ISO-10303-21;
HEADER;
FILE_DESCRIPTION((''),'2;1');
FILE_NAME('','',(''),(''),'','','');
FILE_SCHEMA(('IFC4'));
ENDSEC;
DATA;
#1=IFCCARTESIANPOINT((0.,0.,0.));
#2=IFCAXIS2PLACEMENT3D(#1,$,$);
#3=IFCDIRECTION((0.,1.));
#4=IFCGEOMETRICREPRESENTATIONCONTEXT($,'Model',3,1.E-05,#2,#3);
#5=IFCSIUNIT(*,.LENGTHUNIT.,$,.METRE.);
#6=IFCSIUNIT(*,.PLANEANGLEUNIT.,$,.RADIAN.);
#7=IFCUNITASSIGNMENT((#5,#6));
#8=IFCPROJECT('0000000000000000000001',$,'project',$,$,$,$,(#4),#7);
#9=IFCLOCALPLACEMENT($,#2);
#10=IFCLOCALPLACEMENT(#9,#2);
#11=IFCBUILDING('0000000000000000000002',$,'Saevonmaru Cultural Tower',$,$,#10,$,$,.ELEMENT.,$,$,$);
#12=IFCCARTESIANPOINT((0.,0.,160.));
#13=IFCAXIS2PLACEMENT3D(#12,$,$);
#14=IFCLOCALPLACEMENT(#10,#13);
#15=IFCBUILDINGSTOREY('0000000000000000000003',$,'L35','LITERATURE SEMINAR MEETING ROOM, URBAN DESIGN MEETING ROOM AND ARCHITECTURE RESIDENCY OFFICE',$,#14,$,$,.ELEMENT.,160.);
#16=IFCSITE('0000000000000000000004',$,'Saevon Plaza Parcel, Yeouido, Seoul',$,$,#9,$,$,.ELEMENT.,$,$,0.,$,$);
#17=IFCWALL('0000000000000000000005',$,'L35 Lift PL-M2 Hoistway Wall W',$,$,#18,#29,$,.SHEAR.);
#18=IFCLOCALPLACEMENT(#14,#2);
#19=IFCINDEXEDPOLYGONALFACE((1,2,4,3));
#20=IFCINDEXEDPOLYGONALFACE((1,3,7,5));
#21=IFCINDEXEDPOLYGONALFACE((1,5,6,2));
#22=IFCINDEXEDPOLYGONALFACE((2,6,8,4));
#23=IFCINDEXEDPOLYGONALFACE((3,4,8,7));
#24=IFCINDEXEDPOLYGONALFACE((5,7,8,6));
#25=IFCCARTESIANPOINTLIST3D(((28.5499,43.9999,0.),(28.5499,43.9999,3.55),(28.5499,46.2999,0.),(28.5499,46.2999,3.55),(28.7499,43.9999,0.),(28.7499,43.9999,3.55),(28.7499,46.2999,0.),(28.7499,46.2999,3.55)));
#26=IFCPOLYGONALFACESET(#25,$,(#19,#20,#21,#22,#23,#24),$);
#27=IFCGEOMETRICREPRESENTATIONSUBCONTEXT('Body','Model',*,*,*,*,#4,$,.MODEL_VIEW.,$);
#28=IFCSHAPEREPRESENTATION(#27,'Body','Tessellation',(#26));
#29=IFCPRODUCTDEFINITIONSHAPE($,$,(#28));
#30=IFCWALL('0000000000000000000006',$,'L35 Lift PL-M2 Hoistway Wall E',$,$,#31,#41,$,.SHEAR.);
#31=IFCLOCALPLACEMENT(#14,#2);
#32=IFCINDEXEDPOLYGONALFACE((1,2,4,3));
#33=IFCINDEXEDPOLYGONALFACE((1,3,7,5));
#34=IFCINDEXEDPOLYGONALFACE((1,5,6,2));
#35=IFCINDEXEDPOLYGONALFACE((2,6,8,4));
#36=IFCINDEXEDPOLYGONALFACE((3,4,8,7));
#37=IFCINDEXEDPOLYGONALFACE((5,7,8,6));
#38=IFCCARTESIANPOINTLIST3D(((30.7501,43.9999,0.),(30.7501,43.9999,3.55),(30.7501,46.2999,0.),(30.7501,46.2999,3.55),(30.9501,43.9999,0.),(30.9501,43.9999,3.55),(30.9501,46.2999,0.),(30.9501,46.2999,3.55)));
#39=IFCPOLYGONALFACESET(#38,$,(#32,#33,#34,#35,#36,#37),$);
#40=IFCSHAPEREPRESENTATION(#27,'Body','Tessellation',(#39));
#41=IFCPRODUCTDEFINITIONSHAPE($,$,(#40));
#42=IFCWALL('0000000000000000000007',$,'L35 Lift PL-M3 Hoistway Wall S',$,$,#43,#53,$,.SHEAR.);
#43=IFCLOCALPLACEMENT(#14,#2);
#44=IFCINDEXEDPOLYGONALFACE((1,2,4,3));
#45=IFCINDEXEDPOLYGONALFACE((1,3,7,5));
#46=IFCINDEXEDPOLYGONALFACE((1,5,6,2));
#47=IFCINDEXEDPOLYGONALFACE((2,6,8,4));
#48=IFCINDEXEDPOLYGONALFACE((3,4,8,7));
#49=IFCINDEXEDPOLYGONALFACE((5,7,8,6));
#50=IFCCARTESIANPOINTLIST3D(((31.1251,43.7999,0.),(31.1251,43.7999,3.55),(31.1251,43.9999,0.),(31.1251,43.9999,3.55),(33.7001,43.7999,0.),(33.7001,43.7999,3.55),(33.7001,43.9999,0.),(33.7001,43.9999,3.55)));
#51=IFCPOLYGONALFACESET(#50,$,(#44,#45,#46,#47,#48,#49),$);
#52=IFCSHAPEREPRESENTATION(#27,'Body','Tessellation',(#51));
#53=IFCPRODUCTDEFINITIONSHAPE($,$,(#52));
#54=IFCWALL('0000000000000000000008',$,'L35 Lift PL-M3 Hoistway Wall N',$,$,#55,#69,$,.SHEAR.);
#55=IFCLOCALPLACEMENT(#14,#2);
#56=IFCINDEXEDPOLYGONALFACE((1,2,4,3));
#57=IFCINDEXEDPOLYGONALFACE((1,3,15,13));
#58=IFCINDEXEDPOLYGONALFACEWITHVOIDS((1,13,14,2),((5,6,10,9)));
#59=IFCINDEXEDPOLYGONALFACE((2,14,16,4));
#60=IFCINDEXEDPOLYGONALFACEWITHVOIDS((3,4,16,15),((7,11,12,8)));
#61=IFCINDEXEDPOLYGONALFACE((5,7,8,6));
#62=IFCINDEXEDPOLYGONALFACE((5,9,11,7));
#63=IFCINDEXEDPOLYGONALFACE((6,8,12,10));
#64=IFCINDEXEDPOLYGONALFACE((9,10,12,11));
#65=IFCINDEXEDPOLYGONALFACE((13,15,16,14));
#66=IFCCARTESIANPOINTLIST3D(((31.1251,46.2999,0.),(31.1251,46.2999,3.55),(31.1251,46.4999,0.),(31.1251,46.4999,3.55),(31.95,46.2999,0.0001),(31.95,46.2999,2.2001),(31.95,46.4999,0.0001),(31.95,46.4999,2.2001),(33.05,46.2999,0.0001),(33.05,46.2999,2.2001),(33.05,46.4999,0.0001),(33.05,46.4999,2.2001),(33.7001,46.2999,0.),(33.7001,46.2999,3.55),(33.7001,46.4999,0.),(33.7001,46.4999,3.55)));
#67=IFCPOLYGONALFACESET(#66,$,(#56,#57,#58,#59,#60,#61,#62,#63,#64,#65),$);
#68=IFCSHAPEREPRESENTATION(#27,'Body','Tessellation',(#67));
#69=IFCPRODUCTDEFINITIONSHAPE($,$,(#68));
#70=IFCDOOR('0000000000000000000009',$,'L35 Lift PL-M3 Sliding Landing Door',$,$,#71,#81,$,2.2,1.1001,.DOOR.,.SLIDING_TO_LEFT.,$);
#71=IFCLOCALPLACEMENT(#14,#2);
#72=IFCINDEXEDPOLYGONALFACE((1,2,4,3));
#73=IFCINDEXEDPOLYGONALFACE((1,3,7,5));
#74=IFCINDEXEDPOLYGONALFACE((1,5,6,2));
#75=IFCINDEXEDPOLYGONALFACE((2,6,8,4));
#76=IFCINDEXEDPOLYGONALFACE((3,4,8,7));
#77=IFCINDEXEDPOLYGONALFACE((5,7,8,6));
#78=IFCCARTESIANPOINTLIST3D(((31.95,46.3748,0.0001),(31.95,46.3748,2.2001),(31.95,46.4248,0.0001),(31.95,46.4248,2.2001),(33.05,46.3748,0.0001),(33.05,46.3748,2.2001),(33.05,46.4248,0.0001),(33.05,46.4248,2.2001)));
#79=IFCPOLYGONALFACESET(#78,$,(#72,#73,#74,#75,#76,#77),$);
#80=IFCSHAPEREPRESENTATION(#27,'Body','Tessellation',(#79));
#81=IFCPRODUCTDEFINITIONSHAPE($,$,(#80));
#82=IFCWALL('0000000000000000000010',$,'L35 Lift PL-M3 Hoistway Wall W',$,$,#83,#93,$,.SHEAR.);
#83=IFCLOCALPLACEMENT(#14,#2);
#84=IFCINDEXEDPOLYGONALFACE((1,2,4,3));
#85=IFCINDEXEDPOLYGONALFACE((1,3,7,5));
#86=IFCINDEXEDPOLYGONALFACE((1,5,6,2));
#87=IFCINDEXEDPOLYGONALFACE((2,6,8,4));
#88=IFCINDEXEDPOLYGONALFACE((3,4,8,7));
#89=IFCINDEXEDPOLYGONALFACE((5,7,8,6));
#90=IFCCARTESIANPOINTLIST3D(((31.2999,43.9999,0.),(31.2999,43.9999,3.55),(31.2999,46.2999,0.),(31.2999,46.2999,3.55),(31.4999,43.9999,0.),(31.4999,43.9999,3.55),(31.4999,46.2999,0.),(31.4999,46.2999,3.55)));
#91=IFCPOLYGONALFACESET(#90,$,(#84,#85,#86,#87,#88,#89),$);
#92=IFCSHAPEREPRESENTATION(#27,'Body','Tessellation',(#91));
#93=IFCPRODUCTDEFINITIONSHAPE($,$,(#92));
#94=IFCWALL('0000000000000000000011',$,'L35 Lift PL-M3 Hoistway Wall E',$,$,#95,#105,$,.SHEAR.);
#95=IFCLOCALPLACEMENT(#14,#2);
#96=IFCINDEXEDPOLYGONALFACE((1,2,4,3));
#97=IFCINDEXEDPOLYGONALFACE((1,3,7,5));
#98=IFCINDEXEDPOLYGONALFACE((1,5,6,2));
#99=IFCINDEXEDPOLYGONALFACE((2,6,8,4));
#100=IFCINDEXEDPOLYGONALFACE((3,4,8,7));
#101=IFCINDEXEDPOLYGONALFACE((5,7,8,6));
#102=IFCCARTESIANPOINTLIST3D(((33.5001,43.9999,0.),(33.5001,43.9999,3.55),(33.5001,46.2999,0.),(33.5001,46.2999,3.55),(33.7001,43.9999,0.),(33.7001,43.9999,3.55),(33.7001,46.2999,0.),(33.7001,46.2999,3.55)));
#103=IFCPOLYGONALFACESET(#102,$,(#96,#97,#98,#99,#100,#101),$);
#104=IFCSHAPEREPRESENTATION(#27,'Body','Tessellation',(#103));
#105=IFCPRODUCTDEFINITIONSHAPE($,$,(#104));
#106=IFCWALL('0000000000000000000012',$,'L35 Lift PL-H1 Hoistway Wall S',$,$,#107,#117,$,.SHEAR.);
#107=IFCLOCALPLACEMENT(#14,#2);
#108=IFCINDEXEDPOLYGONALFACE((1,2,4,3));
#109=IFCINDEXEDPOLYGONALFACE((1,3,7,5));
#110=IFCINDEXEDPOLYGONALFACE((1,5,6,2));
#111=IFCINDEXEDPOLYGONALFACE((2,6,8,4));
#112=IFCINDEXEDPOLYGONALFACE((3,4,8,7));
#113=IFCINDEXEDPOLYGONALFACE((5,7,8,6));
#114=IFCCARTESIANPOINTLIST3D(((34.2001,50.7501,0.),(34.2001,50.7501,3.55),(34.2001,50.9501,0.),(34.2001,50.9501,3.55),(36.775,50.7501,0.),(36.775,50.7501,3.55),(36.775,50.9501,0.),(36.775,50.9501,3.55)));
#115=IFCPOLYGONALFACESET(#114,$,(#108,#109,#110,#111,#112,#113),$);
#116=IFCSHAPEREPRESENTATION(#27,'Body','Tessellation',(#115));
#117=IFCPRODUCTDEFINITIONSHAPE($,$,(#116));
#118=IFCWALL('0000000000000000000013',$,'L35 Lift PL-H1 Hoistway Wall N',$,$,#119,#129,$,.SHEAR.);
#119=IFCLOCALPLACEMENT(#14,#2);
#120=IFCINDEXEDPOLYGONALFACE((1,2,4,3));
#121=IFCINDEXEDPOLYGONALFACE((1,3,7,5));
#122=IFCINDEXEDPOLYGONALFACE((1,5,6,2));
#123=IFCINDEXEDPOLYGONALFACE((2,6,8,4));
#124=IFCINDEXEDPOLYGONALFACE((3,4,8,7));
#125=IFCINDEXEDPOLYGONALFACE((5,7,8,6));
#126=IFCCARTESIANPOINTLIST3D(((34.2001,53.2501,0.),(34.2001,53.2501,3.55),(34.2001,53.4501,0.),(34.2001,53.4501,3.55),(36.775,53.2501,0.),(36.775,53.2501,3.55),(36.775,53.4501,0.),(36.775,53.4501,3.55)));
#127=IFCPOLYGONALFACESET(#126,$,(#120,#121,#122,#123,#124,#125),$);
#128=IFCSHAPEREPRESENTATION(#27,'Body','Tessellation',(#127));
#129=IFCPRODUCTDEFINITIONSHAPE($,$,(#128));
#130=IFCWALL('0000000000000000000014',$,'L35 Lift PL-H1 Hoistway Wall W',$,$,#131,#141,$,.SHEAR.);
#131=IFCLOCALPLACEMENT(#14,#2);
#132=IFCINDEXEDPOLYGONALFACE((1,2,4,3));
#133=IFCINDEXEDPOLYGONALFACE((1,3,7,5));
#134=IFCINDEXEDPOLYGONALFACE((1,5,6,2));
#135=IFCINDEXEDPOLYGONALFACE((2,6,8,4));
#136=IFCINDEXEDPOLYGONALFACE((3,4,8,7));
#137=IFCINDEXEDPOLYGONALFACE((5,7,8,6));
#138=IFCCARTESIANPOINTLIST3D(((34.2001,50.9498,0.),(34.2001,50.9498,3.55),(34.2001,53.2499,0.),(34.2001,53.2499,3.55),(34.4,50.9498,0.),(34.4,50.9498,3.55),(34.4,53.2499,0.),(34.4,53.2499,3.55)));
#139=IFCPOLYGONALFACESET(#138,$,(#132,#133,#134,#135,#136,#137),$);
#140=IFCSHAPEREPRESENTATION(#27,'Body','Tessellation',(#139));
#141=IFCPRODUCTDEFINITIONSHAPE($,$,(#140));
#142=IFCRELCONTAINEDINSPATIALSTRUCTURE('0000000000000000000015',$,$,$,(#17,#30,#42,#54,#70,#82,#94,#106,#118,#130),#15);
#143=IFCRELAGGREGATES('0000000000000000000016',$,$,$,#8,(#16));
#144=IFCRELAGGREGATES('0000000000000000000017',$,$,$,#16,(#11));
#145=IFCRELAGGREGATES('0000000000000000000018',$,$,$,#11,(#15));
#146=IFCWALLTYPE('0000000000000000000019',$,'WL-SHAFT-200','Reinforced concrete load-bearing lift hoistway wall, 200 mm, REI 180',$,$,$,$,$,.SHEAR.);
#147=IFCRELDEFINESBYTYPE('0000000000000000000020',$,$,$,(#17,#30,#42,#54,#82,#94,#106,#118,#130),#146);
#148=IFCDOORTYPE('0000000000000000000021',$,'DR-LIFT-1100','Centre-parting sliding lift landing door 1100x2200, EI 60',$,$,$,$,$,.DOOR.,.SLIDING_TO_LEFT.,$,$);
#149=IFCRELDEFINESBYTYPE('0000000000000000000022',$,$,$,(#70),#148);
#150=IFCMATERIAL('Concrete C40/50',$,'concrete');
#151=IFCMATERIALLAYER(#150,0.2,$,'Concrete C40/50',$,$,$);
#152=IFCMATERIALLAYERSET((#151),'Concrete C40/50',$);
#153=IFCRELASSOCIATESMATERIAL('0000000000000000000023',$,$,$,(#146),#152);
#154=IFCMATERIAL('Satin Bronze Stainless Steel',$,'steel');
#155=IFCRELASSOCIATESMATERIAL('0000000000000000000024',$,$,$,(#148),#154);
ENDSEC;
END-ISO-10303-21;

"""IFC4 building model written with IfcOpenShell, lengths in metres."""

from ifc_helpers import new_model, si_unit, direction, frame, frame_2d, origin, place, context, subcontext, project, spatial, rectangle, extrude, material, layer, layer_set, type_object, element, fill, save


model = new_model("IFC4")

# Units and contexts
model_context = context("Model", 3, precision=1e-05, world=origin(), true_north=direction((0.0, 1.0)))
body_context = subcontext(model_context, "Body", "Model", "MODEL_VIEW")
ifc_project = project(units=[si_unit("LENGTHUNIT", "METRE"), si_unit("PLANEANGLEUNIT", "RADIAN")], contexts=[model_context])

# Site, building, storey
site_placement = place(None, origin())
site = spatial("IfcSite", under=ifc_project, at=site_placement, Name="Saevon Plaza Parcel, Yeouido, Seoul", CompositionType="ELEMENT", RefElevation=0.0)
building_placement = place(site_placement, origin())
building = spatial("IfcBuilding", under=site, at=building_placement, Name="Saevonmaru Cultural Tower", CompositionType="ELEMENT")
storey_placement = place(building_placement, frame((0.0, 0.0, 160.0)))
storey = spatial("IfcBuildingStorey", under=building, at=storey_placement, Name="L35", Description="LITERATURE SEMINAR MEETING ROOM, URBAN DESIGN MEETING ROOM AND ARCHITECTURE RESIDENCY OFFICE", CompositionType="ELEMENT", Elevation=160.0)

# Shared definitions
ifc_material_1 = material(Name="Concrete C40/50", Category="concrete")
ifc_layer_1 = layer(ifc_material_1, 0.2, Name="Concrete C40/50")
ifc_layer_set_1 = layer_set([ifc_layer_1], Name="Concrete C40/50")
wall_type_1 = type_object("IfcWallType", Name="WL-SHAFT-200", Description="Reinforced concrete load-bearing lift hoistway wall, 200 mm, REI 180", PredefinedType="SHEAR", material=ifc_layer_set_1)

# Shared definitions
ifc_material_2 = material(Name="Satin Bronze Stainless Steel", Category="steel")
door_type_1 = type_object("IfcDoorType", Name="DR-LIFT-1100", Description="Centre-parting sliding lift landing door 1100x2200, EI 60", OperationType="SLIDING_TO_LEFT", PredefinedType="DOOR", material=ifc_material_2)

# Walls
for number, where, z_axis, x_axis, name in (
    (1, (28.6499, 44.0, 0.0), (0.0, 0.0, 1.0), (0.0, 1.0, 0.0), "L35 Lift PL-M2 Hoistway Wall W"),
    (2, (30.8501, 44.0, 0.0), (0.0, 0.0, 1.0), (0.0, 1.0, 0.0), "L35 Lift PL-M2 Hoistway Wall E"),
):
    element("IfcWall", number, at=place(storey_placement, frame(where, z_axis=z_axis, x_axis=x_axis)), inside=storey, type_object=wall_type_1, Name=name, PredefinedType="SHEAR", context=body_context, shape_type="SweptSolid", body=[
        extrude(rectangle(XDim=2.3, YDim=0.2, at=frame_2d((1.1499, 0.0))), origin(), (0.0, 0.0, 1.0), 3.55),
    ])
wall_1_placement = place(storey_placement, frame((31.125, 43.8999, 0.0), z_axis=(0.0, 0.0, 1.0), x_axis=(1.0, 0.0, 0.0)))
element("IfcWall", 3, at=wall_1_placement, inside=storey, type_object=wall_type_1, Name="L35 Lift PL-M3 Hoistway Wall S", PredefinedType="SHEAR", context=body_context, shape_type="SweptSolid", body=[
    extrude(rectangle(XDim=2.575, YDim=0.2, at=frame_2d((1.2876, 0.0))), origin(), (0.0, 0.0, 1.0), 3.55),
])

# Wall, opening, door
wall_2_placement = place(storey_placement, frame((31.125, 46.3999, 0.0), z_axis=(0.0, 0.0, 1.0), x_axis=(1.0, 0.0, 0.0)))
wall_2 = element("IfcWall", 4, at=wall_2_placement, inside=storey, type_object=wall_type_1, Name="L35 Lift PL-M3 Hoistway Wall N", PredefinedType="SHEAR", context=body_context, shape_type="SweptSolid", body=[
    extrude(rectangle(XDim=2.575, YDim=0.2, at=frame_2d((1.2876, 0.0))), origin(), (0.0, 0.0, 1.0), 3.55),
])
opening_1_placement = place(wall_2_placement, frame((0.825, 0.0, 0.0)))
opening_1 = element("IfcOpeningElement", 5, at=opening_1_placement, cuts=wall_2, PredefinedType="OPENING", context=body_context, shape_type="SweptSolid", body=[
    extrude(rectangle(XDim=1.1001, YDim=2.2, at=frame_2d((0.55, 1.1001))), frame((0.0, 0.1099, 0.0), z_axis=(0.0, -1.0, 0.0), x_axis=(1.0, 0.0, 0.0)), (0.0, 0.0, 1.0), 0.22),
])
door_1_placement = place(opening_1_placement, origin())
door_1 = element("IfcDoor", 6, at=door_1_placement, inside=storey, type_object=door_type_1, Name="L35 Lift PL-M3 Sliding Landing Door", OperationType="SLIDING_TO_LEFT", OverallHeight=2.2, OverallWidth=1.1001, PredefinedType="DOOR", context=body_context, shape_type="SweptSolid", body=[
    extrude(rectangle(XDim=1.1001, YDim=2.2, at=frame_2d((0.55, 1.1001))), frame((0.0, 0.0249, 0.0), z_axis=(0.0, -1.0, 0.0), x_axis=(1.0, 0.0, 0.0)), (0.0, 0.0, 1.0), 0.05),
])
fill(opening_1, door_1)

# Walls
for number, where, z_axis, x_axis, name in (
    (7, (31.3999, 44.0, 0.0), (0.0, 0.0, 1.0), (0.0, 1.0, 0.0), "L35 Lift PL-M3 Hoistway Wall W"),
    (8, (33.6001, 44.0, 0.0), (0.0, 0.0, 1.0), (0.0, 1.0, 0.0), "L35 Lift PL-M3 Hoistway Wall E"),
):
    element("IfcWall", number, at=place(storey_placement, frame(where, z_axis=z_axis, x_axis=x_axis)), inside=storey, type_object=wall_type_1, Name=name, PredefinedType="SHEAR", context=body_context, shape_type="SweptSolid", body=[
        extrude(rectangle(XDim=2.3, YDim=0.2, at=frame_2d((1.1499, 0.0))), origin(), (0.0, 0.0, 1.0), 3.55),
    ])
for number, where, z_axis, x_axis, name in (
    (9, (34.2, 50.8501, 0.0), (0.0, 0.0, 1.0), (1.0, 0.0, 0.0), "L35 Lift PL-H1 Hoistway Wall S"),
    (10, (34.2, 53.3501, 0.0), (0.0, 0.0, 1.0), (1.0, 0.0, 0.0), "L35 Lift PL-H1 Hoistway Wall N"),
):
    element("IfcWall", number, at=place(storey_placement, frame(where, z_axis=z_axis, x_axis=x_axis)), inside=storey, type_object=wall_type_1, Name=name, PredefinedType="SHEAR", context=body_context, shape_type="SweptSolid", body=[
        extrude(rectangle(XDim=2.575, YDim=0.2, at=frame_2d((1.2876, 0.0))), origin(), (0.0, 0.0, 1.0), 3.55),
    ])
wall_3_placement = place(storey_placement, frame((34.3, 50.95, 0.0), z_axis=(0.0, 0.0, 1.0), x_axis=(0.0, 1.0, 0.0)))
element("IfcWall", 11, at=wall_3_placement, inside=storey, type_object=wall_type_1, Name="L35 Lift PL-H1 Hoistway Wall W", PredefinedType="SHEAR", context=body_context, shape_type="SweptSolid", body=[
    extrude(rectangle(XDim=2.3, YDim=0.2, at=frame_2d((1.1499, 0.0))), origin(), (0.0, 0.0, 1.0), 3.55),
])

save(model, "model.ifc")
